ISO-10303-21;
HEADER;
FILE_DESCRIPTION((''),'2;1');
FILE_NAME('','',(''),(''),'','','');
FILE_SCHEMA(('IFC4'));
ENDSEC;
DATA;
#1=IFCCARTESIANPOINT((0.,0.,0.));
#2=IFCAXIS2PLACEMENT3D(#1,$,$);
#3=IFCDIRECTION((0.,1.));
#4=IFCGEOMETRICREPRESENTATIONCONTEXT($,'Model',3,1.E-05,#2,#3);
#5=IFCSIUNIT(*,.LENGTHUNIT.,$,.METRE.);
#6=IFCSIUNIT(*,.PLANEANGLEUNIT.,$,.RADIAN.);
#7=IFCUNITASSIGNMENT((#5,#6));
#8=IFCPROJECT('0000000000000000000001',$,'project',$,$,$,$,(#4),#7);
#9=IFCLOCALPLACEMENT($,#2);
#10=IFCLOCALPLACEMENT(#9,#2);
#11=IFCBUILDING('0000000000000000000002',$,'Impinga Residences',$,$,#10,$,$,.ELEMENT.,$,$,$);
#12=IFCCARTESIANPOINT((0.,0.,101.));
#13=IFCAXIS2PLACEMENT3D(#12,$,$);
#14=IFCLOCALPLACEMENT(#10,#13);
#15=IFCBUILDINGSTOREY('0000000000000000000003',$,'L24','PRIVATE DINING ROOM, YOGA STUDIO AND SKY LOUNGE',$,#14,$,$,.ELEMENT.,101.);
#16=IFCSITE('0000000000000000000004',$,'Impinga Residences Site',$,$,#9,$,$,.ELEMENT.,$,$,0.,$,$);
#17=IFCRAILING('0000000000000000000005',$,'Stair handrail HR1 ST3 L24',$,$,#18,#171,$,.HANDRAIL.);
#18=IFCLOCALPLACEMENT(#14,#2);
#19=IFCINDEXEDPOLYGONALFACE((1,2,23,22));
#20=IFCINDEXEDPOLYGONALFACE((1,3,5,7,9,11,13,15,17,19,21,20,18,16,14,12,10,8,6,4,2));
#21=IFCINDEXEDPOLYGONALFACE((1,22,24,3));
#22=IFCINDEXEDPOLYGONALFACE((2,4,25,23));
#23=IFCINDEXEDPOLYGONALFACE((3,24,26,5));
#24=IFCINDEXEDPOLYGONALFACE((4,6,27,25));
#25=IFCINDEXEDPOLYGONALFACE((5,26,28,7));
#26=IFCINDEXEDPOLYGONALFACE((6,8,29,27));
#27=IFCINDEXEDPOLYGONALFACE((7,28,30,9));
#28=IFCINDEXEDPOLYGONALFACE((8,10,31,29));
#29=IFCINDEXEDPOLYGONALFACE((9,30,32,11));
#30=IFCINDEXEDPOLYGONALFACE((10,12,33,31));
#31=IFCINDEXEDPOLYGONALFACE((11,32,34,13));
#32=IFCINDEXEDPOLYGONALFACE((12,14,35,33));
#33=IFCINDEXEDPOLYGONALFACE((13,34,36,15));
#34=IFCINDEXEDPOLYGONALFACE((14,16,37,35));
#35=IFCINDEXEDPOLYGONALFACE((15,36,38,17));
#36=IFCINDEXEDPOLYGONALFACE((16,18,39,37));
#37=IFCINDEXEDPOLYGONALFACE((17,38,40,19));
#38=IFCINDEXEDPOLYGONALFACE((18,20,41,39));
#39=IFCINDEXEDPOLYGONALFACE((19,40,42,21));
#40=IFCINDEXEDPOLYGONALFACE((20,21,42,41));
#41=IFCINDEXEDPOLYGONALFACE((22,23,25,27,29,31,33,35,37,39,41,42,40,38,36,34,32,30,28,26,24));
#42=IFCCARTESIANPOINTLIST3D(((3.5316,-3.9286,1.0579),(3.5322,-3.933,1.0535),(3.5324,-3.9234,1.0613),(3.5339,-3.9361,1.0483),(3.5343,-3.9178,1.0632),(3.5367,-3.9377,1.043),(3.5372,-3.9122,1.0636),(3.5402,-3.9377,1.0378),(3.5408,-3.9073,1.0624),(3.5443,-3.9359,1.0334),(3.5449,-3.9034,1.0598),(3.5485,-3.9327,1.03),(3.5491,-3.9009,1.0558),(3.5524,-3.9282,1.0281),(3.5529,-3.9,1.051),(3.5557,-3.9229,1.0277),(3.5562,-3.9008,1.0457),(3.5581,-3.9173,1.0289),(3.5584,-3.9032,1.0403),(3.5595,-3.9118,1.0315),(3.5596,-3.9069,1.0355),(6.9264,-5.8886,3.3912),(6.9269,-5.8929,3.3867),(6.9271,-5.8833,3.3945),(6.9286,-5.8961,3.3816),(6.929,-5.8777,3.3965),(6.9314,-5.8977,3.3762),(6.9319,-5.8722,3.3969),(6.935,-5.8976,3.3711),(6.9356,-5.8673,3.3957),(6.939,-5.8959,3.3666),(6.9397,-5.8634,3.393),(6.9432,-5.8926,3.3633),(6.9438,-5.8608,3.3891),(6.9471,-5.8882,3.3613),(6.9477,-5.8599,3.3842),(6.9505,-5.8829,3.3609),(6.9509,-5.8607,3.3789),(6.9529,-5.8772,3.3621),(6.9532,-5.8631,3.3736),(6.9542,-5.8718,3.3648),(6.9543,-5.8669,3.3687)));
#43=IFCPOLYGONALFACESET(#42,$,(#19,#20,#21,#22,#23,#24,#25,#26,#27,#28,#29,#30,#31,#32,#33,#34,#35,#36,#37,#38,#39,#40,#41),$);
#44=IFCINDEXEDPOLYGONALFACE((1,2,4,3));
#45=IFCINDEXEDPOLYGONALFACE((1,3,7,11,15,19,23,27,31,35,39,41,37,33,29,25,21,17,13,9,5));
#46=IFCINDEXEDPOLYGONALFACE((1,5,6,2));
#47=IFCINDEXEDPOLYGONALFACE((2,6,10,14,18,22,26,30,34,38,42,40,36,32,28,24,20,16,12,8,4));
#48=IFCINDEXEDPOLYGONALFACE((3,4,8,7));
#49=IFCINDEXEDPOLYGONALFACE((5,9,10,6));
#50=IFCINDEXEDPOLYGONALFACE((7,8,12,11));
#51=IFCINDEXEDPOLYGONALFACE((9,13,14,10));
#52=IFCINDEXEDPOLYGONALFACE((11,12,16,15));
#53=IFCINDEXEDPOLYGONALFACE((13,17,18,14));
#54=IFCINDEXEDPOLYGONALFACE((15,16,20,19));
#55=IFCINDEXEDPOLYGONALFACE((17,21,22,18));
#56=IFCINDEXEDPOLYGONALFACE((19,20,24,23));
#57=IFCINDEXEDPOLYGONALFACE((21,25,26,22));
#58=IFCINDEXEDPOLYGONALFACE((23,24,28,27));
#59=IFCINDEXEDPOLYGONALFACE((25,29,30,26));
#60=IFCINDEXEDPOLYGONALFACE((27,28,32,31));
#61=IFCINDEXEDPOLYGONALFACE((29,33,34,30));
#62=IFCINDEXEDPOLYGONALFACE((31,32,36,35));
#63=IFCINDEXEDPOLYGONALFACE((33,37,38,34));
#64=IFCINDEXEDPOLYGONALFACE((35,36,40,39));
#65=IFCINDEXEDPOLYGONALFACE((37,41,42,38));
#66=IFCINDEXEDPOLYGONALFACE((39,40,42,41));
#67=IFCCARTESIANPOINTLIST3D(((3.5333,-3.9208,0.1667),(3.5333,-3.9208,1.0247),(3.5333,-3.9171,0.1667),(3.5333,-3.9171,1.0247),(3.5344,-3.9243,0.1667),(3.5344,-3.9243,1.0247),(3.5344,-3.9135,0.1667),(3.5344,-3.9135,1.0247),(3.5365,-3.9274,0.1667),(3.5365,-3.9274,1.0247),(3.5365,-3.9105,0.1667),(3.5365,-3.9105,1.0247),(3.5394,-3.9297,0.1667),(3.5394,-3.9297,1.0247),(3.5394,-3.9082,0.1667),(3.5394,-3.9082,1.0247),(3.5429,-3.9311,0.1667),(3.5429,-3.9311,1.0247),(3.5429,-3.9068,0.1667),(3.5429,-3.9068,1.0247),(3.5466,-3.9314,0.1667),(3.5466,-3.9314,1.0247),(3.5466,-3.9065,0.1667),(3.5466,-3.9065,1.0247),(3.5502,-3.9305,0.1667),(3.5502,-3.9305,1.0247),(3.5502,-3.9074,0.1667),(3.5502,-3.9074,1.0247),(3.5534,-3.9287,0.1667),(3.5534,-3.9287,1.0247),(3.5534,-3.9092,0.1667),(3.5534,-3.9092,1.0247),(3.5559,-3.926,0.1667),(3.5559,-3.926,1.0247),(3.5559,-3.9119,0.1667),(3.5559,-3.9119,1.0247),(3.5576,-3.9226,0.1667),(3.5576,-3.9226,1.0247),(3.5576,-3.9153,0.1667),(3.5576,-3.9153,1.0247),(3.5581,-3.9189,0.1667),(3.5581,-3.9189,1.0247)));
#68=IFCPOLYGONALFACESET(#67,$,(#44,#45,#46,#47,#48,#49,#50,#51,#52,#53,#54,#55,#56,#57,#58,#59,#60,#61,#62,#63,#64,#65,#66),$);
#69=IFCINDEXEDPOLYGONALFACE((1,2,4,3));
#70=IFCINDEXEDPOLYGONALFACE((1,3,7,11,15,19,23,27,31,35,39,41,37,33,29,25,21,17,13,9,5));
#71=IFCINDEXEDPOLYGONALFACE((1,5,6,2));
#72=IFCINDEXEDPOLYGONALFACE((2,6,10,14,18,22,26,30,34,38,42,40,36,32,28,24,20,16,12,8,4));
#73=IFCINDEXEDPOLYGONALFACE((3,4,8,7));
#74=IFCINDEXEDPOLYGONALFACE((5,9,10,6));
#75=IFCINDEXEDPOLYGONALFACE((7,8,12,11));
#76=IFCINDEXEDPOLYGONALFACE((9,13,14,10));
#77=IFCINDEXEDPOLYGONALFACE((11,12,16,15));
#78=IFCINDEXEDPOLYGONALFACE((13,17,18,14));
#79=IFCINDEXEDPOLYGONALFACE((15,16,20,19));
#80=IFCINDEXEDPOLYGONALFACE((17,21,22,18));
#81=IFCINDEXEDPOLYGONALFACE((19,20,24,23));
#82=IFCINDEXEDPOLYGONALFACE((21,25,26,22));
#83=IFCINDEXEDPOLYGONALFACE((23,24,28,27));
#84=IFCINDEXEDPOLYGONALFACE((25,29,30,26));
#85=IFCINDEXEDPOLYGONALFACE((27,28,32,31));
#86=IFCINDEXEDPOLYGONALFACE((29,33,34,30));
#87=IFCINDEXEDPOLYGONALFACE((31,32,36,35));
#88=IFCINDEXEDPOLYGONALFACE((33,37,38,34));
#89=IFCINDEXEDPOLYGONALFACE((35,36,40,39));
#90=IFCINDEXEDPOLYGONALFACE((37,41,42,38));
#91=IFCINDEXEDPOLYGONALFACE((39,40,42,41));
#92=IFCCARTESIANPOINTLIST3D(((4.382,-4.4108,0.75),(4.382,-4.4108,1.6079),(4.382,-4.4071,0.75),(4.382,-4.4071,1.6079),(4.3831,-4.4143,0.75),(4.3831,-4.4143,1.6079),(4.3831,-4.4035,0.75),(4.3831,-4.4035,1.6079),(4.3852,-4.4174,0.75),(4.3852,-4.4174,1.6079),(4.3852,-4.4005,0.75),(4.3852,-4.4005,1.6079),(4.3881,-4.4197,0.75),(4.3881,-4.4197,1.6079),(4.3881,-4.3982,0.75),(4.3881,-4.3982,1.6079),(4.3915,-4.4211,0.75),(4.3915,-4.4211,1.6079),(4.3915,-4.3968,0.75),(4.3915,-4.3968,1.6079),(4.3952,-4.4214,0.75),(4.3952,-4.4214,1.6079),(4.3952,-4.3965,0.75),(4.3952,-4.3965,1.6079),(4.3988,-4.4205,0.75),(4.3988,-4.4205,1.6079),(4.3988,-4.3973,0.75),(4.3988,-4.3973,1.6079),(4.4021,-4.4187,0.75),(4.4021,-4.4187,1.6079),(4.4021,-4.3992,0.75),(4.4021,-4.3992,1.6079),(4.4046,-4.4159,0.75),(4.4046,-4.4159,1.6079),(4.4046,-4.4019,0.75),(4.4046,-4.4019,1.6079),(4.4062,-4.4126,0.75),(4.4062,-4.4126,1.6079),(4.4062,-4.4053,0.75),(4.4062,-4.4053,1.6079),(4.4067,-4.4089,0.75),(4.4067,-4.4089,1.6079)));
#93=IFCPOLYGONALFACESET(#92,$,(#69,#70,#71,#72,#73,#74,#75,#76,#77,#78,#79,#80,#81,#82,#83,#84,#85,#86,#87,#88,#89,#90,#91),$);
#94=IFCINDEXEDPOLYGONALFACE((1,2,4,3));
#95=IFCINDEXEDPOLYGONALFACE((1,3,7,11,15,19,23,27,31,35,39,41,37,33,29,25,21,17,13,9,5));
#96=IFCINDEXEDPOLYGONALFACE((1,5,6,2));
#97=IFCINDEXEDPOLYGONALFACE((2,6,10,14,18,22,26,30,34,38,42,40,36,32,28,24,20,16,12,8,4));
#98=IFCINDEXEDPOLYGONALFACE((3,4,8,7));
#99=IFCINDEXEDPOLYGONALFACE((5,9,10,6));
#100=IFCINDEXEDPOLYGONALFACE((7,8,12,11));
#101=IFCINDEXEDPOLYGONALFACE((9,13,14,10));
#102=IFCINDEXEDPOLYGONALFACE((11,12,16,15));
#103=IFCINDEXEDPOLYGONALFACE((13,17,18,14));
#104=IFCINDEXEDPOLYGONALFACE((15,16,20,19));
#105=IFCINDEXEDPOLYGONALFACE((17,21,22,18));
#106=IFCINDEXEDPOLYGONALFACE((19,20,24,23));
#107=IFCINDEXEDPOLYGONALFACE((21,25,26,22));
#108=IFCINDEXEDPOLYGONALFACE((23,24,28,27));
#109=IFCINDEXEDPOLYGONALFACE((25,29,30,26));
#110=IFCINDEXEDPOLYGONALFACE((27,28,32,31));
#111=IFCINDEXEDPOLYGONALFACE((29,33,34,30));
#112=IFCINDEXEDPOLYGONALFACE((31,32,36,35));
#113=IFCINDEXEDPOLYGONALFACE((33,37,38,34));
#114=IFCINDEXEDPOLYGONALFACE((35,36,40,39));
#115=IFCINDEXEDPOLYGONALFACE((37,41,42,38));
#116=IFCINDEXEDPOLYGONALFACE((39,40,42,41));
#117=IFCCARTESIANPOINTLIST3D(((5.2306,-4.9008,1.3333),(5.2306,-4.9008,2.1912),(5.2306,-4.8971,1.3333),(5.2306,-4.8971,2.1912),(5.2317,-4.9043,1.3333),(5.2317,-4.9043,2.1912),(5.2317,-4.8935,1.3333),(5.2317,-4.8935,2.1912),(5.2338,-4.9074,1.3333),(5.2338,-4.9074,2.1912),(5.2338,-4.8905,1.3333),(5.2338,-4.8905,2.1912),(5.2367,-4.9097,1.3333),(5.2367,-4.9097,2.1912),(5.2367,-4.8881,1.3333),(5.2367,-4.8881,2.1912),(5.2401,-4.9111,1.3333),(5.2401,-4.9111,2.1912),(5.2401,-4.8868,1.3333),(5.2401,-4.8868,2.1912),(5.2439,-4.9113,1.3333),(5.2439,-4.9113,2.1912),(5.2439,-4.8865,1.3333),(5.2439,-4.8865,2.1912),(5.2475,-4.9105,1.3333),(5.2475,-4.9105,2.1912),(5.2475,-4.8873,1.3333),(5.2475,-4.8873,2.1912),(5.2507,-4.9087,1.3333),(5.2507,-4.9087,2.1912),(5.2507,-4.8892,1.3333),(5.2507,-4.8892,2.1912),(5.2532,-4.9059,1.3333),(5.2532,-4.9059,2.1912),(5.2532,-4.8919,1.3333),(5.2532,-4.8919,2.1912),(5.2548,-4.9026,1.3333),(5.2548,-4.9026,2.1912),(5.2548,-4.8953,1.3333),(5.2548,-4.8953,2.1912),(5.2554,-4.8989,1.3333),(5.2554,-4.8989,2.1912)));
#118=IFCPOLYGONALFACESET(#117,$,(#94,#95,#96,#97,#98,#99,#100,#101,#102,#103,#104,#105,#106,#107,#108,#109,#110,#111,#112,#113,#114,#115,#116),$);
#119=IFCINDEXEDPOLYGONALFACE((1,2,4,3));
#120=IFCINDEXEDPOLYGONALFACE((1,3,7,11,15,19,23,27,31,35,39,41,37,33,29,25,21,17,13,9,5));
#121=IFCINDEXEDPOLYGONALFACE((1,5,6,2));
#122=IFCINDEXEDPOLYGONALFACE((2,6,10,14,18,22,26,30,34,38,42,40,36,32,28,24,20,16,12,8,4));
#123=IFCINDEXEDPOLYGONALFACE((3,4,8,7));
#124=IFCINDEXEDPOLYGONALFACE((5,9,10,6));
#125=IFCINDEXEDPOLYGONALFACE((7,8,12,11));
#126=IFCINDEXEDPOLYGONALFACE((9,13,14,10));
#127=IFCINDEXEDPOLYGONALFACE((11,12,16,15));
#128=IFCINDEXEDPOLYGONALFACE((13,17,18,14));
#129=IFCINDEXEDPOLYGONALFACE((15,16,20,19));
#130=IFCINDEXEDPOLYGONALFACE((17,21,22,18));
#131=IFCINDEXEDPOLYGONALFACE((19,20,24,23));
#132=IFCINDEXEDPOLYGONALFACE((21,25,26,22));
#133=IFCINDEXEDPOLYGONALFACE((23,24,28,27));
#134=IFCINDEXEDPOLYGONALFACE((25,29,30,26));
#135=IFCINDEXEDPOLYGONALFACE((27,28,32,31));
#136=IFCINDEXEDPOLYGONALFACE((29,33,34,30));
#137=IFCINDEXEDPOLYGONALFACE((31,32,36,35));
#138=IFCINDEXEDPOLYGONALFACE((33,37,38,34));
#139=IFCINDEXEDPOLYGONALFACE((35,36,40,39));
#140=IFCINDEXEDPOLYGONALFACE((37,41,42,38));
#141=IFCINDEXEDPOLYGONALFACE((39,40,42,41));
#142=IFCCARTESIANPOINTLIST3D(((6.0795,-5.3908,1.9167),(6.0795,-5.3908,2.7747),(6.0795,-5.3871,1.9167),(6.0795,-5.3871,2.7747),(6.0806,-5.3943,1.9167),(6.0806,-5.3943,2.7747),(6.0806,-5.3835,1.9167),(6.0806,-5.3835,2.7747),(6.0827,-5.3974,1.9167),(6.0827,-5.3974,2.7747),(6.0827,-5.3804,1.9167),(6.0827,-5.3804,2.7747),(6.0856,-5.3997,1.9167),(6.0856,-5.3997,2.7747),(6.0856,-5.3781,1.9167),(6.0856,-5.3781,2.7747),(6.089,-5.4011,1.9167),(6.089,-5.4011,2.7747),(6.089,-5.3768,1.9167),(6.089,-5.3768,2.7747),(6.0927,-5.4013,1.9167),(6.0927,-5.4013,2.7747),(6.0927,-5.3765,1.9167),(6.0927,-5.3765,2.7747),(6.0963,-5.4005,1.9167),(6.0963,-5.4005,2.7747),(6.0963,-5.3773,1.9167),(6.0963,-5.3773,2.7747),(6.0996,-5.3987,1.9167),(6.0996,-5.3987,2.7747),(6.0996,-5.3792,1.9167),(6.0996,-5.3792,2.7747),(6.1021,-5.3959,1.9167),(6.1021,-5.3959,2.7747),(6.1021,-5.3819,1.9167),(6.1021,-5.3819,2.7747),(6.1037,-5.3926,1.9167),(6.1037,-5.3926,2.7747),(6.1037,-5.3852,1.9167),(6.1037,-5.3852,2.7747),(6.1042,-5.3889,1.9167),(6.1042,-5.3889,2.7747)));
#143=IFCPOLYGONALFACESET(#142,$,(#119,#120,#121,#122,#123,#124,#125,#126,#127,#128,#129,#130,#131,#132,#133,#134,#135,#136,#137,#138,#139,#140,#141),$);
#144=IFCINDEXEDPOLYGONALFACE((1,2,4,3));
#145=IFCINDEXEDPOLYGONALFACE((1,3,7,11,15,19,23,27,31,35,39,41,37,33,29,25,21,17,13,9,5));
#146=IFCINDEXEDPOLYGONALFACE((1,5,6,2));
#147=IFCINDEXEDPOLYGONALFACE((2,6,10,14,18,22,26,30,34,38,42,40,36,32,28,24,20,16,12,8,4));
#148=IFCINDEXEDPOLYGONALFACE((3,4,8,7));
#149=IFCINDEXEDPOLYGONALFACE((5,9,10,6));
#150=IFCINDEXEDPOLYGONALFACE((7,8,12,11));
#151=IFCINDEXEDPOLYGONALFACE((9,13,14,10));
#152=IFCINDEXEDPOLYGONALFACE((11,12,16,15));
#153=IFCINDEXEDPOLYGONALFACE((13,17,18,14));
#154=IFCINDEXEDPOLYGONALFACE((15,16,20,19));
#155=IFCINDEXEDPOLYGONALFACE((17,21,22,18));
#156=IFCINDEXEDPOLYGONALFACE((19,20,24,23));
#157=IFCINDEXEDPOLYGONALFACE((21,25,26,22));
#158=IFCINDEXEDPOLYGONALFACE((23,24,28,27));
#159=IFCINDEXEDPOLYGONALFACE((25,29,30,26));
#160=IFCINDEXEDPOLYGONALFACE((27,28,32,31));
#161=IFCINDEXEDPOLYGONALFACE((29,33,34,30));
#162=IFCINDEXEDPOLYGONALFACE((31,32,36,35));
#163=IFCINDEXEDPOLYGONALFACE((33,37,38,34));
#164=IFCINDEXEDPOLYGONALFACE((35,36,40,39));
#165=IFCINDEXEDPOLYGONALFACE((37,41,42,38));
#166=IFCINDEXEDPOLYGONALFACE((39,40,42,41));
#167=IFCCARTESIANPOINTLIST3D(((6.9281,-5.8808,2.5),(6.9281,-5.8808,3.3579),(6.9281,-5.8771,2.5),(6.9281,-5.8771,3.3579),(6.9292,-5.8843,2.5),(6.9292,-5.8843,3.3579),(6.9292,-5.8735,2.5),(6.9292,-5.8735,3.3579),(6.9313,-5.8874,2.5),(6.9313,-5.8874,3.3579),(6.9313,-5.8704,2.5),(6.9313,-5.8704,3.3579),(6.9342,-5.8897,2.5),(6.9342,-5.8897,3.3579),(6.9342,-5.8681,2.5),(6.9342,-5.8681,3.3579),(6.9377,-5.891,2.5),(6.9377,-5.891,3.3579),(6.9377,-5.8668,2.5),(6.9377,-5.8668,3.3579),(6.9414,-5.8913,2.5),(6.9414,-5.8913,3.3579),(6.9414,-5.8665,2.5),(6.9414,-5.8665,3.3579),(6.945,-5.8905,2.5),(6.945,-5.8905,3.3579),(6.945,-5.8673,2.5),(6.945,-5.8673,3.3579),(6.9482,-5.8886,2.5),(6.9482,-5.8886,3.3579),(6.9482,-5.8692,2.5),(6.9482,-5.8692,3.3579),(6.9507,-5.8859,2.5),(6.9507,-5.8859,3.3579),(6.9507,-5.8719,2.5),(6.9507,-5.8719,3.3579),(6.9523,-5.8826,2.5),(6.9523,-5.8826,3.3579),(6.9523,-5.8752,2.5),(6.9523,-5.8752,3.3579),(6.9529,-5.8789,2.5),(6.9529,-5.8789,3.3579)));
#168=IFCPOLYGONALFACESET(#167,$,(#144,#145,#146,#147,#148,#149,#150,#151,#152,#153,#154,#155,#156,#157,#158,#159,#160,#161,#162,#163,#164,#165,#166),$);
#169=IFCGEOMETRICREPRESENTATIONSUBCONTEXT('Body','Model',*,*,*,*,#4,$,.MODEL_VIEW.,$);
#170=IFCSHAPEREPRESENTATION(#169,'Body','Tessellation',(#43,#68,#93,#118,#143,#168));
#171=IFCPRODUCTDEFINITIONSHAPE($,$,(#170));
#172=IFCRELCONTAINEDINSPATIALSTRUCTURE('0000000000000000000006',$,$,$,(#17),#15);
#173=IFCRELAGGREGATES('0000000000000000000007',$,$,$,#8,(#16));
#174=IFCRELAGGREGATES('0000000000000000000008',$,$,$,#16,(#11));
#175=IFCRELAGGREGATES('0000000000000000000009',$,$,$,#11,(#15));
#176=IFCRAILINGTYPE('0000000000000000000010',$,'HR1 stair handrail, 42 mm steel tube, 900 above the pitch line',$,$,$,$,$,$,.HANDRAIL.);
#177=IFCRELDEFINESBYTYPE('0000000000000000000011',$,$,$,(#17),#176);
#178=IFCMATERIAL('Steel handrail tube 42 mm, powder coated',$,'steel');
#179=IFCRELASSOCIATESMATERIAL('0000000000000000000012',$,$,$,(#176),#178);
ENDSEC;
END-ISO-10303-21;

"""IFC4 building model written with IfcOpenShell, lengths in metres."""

from ifc_helpers import new_model, si_unit, direction, frame, origin, origin_2d, place, context, subcontext, project, spatial, circle, extrude, material, type_object, element, save


model = new_model("IFC4")

# Units and contexts
model_context = context("Model", 3, precision=1e-05, world=origin(), true_north=direction((0.0, 1.0)))
body_context = subcontext(model_context, "Body", "Model", "MODEL_VIEW")
ifc_project = project(units=[si_unit("LENGTHUNIT", "METRE"), si_unit("PLANEANGLEUNIT", "RADIAN")], contexts=[model_context])

# Site, building, storey
site_placement = place(None, origin())
site = spatial("IfcSite", under=ifc_project, at=site_placement, Name="Impinga Residences Site", CompositionType="ELEMENT", RefElevation=0.0)
building_placement = place(site_placement, origin())
building = spatial("IfcBuilding", under=site, at=building_placement, Name="Impinga Residences", CompositionType="ELEMENT")
storey_placement = place(building_placement, frame((0.0, 0.0, 101.0)))
storey = spatial("IfcBuildingStorey", under=building, at=storey_placement, Name="L24", Description="PRIVATE DINING ROOM, YOGA STUDIO AND SKY LOUNGE", CompositionType="ELEMENT", Elevation=101.0)

# Railing
ifc_material_1 = material(Name="Steel handrail tube 42 mm, powder coated", Category="steel")
railing_type = type_object("IfcRailingType", Name="HR1 stair handrail, 42 mm steel tube, 900 above the pitch line", PredefinedType="HANDRAIL", material=ifc_material_1)
railing_1_placement = place(storey_placement, frame((3.5457, -3.9189, 0.1667)))
element("IfcRailing", 1, at=railing_1_placement, inside=storey, type_object=railing_type, Name="Stair handrail HR1 ST3 L24", PredefinedType="HANDRAIL", context=body_context, shape_type="SweptSolid", body=[
    extrude(circle(Radius=0.021, at=origin_2d()), frame((0.0, 0.0, 0.8789), z_axis=(0.744175, -0.429646, 0.511476), x_axis=(0.499997, 0.866027, 0.0)), (0.0, 0.0, 1.0), 4.5618),
    extrude(circle(Radius=0.0125, at=origin_2d()), origin(), (0.0, 0.0, 1.0), 0.8579),
    extrude(circle(Radius=0.0125, at=origin_2d()), frame((0.8486, -0.49, 0.5833)), (0.0, 0.0, 1.0), 0.8579),
    extrude(circle(Radius=0.0125, at=origin_2d()), frame((1.6973, -0.98, 1.1665)), (0.0, 0.0, 1.0), 0.8579),
    extrude(circle(Radius=0.0125, at=origin_2d()), frame((2.5461, -1.47, 1.75)), (0.0, 0.0, 1.0), 0.8579),
    extrude(circle(Radius=0.0125, at=origin_2d()), frame((3.3948, -1.96, 2.3333)), (0.0, 0.0, 1.0), 0.8579),
])

save(model, "model.ifc")
